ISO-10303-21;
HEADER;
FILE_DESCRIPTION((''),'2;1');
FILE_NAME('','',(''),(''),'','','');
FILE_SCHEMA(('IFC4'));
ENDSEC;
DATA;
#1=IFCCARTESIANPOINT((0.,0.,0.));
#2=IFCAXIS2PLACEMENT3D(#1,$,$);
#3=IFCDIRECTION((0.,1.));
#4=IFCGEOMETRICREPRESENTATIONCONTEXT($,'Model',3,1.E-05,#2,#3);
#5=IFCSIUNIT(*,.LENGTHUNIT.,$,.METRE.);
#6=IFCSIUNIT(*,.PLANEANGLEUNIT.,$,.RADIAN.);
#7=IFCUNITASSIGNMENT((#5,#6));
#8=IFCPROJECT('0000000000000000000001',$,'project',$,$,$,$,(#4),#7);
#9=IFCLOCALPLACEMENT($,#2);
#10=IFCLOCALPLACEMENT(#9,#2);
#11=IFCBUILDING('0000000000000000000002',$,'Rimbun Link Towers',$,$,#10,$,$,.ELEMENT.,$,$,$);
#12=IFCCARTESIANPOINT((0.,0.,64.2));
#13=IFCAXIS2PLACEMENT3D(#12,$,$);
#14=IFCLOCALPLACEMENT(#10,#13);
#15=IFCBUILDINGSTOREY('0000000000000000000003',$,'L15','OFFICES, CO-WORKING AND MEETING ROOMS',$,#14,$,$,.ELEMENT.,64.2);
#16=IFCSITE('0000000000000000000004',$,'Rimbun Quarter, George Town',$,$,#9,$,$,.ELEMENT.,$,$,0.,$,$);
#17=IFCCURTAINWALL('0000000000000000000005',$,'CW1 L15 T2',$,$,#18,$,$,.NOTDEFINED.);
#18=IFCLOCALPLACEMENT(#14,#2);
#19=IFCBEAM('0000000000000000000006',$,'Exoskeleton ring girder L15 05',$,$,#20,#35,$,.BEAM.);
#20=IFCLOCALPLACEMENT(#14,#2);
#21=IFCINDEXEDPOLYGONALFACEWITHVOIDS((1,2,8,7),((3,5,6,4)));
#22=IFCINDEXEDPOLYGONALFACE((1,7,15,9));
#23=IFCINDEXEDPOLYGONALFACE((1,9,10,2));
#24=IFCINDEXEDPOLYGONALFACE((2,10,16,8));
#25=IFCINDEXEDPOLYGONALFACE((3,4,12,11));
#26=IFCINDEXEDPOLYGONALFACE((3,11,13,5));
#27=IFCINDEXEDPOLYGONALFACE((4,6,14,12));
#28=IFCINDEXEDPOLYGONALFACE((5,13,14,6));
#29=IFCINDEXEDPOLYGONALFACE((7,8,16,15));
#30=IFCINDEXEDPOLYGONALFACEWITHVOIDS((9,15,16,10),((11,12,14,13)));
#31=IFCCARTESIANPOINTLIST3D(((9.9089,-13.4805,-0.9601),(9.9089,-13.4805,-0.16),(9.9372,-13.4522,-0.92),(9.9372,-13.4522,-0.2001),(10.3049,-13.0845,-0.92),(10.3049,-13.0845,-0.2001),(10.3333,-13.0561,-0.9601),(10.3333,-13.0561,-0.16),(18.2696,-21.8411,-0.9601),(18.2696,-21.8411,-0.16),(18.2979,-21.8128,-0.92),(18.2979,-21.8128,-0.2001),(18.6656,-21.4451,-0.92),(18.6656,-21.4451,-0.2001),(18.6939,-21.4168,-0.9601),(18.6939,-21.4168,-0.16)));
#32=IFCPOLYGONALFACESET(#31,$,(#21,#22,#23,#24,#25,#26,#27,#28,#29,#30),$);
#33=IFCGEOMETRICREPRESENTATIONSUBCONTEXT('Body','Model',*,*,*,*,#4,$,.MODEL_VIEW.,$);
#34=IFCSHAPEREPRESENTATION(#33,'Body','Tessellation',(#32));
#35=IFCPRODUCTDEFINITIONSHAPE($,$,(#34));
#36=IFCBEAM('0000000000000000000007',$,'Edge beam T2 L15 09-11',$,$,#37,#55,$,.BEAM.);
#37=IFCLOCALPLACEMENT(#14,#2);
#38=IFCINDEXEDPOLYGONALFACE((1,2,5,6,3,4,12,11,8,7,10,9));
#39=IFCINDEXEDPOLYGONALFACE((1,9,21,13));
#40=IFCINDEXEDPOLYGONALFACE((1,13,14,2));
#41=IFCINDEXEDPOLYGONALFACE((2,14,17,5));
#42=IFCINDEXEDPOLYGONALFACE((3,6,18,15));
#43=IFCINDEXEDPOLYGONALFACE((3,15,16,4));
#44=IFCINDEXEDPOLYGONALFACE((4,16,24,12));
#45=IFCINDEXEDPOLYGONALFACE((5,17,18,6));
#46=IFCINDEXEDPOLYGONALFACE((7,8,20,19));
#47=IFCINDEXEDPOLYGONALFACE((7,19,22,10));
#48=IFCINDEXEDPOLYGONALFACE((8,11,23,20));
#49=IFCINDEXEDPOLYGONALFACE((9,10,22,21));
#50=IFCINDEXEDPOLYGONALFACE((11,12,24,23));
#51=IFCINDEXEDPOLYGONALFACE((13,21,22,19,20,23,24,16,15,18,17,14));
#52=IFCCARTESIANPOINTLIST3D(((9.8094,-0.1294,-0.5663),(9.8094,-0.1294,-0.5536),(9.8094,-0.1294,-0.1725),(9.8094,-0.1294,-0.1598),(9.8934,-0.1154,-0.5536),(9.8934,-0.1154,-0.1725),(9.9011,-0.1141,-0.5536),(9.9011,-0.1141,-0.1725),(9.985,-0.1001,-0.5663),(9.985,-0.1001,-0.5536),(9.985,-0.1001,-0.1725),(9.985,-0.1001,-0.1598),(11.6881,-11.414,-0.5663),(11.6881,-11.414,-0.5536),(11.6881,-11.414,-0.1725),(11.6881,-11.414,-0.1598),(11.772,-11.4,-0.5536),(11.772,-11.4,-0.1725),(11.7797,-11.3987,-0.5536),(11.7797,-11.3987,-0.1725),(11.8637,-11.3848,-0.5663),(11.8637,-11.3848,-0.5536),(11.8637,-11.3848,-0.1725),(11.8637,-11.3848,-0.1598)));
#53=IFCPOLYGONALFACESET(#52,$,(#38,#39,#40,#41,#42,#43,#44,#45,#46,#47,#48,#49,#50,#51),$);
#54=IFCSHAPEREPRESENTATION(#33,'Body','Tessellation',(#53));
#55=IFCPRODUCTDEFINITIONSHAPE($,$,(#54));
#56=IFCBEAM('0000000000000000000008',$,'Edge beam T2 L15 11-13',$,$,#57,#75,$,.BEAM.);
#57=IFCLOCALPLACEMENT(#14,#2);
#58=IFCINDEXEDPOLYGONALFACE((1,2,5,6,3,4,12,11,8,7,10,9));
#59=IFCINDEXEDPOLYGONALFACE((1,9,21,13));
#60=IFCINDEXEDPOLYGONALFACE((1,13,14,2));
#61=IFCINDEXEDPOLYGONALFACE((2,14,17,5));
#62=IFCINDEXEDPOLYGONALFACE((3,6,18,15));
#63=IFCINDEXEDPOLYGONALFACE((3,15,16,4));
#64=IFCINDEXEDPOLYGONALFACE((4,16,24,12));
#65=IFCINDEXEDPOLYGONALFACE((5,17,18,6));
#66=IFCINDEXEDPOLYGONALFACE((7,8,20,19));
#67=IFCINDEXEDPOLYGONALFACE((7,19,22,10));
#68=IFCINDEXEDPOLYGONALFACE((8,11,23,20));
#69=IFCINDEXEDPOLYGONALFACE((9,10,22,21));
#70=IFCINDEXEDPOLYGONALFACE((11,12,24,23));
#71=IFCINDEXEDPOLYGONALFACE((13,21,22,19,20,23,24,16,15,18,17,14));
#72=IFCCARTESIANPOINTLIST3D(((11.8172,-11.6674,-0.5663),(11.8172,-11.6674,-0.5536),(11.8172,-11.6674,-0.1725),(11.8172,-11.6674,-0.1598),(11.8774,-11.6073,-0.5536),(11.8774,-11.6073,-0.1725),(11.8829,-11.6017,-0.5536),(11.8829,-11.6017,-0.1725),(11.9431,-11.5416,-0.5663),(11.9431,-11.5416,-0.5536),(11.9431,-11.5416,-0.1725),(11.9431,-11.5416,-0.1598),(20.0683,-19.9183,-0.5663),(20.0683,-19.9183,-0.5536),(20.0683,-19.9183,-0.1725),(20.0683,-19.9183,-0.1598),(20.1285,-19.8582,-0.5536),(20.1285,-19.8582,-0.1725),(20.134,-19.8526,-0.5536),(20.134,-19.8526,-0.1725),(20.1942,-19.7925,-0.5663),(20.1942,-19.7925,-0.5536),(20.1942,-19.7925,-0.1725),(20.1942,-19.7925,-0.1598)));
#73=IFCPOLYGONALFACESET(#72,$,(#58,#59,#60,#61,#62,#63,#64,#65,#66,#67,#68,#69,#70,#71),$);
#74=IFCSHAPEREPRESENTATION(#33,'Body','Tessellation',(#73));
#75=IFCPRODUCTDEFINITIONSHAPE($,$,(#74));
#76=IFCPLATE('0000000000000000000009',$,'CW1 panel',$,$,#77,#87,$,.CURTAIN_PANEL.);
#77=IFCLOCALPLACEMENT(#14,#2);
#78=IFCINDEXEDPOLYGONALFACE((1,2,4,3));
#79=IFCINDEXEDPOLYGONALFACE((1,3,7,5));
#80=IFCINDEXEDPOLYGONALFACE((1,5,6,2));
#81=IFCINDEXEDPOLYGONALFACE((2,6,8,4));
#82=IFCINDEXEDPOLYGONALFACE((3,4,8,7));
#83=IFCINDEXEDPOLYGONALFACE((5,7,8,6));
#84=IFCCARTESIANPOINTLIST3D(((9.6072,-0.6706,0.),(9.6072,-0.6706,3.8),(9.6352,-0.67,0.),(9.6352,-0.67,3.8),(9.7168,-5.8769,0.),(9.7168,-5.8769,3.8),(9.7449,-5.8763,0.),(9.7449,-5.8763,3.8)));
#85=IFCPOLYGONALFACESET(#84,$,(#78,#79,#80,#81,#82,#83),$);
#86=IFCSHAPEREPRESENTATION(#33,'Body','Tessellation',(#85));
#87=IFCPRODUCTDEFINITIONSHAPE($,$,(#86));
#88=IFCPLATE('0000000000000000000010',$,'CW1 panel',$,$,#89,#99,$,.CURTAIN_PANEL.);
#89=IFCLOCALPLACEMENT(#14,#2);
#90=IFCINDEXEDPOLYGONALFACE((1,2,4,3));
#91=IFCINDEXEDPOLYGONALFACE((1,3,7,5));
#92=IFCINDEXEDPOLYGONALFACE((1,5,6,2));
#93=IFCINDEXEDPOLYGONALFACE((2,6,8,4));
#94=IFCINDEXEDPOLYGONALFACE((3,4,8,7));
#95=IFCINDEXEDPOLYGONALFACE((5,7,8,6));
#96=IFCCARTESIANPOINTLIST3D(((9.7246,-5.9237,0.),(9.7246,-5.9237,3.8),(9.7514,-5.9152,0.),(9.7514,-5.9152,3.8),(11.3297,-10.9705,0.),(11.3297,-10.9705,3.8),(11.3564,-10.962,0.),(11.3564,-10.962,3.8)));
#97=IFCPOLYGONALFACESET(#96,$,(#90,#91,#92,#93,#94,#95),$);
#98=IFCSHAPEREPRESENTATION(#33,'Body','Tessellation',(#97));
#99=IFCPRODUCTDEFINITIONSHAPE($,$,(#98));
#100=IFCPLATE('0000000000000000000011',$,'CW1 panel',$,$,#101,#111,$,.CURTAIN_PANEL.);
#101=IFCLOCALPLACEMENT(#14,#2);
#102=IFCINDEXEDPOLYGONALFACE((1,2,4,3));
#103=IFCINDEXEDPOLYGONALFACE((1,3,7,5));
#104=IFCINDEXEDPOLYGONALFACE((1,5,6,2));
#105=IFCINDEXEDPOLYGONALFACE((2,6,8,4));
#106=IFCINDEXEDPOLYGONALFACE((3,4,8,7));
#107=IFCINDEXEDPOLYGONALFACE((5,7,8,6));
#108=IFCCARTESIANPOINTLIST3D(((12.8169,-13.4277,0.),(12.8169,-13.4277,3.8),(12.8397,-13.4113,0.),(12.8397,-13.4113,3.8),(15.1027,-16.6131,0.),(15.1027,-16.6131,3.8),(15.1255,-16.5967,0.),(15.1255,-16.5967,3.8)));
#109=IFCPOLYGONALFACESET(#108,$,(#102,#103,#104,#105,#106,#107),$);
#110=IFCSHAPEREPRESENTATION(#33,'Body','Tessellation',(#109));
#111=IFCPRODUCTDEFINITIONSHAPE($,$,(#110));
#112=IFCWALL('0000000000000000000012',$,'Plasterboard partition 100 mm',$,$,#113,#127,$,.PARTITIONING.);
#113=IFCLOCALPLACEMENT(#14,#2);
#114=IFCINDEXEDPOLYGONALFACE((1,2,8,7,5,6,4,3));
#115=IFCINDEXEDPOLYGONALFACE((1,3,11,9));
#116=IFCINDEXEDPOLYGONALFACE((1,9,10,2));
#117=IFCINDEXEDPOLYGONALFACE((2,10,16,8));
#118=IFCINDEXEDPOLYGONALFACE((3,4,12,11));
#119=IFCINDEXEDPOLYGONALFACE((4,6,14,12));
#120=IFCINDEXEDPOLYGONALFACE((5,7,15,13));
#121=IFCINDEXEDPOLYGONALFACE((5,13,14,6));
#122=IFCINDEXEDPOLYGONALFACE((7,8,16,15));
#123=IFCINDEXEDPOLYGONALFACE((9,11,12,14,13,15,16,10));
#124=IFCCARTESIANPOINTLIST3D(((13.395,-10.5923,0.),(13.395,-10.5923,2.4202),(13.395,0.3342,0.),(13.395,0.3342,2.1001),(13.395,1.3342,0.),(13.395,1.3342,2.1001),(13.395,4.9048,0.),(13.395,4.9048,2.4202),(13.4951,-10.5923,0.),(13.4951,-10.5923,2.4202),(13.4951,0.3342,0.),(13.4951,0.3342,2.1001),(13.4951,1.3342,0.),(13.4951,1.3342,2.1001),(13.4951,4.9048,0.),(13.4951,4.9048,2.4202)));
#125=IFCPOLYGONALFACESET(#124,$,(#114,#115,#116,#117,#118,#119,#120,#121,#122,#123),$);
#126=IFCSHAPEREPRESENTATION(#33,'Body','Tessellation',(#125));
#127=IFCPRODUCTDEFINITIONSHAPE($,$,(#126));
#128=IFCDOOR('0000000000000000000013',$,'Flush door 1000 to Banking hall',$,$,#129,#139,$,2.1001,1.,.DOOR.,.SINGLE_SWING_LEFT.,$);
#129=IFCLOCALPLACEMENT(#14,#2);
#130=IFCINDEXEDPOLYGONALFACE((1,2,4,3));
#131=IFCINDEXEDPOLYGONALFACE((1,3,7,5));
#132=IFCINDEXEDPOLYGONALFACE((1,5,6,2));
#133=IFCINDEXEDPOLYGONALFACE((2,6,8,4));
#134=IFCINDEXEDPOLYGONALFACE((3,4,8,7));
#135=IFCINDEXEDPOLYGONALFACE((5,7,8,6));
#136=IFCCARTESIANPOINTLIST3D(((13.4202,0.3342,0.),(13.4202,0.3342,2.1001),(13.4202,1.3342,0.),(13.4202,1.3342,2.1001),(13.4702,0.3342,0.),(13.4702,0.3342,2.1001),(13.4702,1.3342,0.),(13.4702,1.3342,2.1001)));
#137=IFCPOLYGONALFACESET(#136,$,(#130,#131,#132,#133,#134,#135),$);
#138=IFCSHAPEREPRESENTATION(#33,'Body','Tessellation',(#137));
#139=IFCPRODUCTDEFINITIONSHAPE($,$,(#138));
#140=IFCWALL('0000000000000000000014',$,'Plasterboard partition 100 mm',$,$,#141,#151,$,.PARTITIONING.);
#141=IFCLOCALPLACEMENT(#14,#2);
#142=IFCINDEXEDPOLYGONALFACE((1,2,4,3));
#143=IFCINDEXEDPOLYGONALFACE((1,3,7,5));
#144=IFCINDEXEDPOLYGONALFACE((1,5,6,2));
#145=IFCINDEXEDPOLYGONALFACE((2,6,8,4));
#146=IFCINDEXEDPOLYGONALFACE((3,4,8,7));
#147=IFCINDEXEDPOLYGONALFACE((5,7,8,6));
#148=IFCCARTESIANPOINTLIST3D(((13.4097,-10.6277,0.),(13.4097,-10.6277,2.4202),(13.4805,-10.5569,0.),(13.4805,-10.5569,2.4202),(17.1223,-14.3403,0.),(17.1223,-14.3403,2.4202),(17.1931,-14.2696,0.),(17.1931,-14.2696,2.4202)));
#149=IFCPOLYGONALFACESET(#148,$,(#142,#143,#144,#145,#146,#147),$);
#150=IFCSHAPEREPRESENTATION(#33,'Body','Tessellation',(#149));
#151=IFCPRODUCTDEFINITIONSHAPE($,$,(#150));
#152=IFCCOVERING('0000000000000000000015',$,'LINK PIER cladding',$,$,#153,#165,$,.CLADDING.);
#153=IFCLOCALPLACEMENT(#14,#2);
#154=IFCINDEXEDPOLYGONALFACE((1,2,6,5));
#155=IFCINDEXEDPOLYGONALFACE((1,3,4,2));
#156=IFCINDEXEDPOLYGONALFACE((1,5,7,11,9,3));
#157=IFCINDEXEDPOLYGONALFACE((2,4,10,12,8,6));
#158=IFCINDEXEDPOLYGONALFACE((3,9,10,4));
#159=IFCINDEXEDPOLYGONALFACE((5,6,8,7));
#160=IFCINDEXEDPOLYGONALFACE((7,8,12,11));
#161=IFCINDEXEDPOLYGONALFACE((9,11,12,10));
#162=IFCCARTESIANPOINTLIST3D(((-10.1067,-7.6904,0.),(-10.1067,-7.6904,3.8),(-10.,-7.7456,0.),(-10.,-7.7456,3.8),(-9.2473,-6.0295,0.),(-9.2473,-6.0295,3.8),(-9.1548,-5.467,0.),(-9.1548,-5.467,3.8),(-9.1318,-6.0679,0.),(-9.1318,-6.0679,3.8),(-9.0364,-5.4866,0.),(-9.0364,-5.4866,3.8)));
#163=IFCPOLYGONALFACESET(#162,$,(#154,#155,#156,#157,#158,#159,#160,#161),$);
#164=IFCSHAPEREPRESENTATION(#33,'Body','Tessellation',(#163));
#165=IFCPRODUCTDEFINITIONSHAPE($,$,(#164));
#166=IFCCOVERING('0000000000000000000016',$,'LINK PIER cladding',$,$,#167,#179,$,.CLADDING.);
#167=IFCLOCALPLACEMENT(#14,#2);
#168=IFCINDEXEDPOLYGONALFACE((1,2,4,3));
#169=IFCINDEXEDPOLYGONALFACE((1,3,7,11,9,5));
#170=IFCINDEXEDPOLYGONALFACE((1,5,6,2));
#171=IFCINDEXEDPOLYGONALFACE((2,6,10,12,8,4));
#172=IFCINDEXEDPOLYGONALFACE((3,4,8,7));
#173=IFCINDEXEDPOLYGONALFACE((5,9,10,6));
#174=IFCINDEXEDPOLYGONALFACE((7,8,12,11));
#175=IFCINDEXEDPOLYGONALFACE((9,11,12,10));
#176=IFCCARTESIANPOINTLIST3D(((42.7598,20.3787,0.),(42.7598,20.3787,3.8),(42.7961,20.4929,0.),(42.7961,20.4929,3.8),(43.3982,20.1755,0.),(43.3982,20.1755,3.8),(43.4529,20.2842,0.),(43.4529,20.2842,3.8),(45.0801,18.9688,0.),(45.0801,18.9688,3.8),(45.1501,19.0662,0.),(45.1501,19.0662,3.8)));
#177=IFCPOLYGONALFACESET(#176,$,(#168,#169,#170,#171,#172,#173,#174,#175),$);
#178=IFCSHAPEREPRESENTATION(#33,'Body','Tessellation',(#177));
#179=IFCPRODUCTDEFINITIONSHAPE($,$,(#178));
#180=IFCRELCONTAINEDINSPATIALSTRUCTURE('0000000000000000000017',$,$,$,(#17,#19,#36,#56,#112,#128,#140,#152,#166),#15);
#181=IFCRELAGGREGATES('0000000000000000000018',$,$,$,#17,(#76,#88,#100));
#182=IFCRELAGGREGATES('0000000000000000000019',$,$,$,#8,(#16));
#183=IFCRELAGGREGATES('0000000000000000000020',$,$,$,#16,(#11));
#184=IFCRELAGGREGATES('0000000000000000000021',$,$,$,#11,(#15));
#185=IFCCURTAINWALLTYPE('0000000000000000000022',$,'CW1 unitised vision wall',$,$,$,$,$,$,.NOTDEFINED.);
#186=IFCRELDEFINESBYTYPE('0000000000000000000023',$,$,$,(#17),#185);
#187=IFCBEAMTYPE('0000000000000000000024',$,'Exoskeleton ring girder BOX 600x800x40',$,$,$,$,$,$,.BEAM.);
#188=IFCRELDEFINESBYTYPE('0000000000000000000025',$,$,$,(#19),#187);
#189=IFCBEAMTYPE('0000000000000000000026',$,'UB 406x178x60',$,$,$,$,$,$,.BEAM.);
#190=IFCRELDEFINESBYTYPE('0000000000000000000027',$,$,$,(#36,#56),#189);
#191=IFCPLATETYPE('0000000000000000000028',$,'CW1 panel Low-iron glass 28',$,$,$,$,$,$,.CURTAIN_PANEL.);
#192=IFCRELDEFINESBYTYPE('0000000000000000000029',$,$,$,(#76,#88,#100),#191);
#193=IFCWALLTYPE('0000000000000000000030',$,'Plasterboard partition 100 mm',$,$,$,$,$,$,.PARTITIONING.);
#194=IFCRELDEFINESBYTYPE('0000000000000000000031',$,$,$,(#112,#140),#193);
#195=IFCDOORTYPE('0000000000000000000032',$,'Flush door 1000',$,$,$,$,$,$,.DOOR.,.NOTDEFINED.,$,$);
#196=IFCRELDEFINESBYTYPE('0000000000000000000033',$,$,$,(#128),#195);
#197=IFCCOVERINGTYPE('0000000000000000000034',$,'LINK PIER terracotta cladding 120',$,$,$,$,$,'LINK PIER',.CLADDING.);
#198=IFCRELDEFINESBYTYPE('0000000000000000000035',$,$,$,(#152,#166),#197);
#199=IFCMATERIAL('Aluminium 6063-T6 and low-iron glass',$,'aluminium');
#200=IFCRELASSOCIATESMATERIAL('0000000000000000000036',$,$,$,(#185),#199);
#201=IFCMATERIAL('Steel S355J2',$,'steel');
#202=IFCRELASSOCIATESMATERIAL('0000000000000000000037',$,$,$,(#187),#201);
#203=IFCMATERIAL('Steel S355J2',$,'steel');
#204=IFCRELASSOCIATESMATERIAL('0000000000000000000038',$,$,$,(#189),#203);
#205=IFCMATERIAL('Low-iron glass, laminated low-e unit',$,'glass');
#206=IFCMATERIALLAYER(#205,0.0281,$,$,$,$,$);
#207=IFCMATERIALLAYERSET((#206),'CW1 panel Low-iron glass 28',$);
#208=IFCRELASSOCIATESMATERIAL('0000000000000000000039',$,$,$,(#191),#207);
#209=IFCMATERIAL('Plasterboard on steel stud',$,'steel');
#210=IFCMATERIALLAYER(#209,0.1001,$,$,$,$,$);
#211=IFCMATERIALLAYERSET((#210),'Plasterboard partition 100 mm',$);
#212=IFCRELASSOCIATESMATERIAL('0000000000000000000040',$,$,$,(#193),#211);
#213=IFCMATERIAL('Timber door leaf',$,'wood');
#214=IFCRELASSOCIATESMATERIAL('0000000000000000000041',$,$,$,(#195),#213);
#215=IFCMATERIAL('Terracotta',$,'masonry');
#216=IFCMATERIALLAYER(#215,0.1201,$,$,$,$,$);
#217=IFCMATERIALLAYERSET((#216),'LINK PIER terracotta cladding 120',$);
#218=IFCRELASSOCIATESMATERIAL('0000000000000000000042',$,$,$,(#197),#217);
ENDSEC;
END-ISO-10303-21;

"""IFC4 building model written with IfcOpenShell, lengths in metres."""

from ifc_helpers import new_model, si_unit, direction, frame, frame_2d, origin, origin_2d, place, context, subcontext, project, spatial, polyline, rectangle, hollow_rectangle, i_section, outline, extrude, material, layer, layer_set, material_profile, profile_set, type_object, element, fill, aggregate, save


model = new_model("IFC4")

# Units and contexts
model_context = context("Model", 3, precision=1e-05, world=origin(), true_north=direction((0.0, 1.0)))
body_context = subcontext(model_context, "Body", "Model", "MODEL_VIEW")
ifc_project = project(units=[si_unit("LENGTHUNIT", "METRE"), si_unit("PLANEANGLEUNIT", "RADIAN")], contexts=[model_context])

# Site, building, storey
site_placement = place(None, origin())
site = spatial("IfcSite", under=ifc_project, at=site_placement, Name="Rimbun Quarter, George Town", CompositionType="ELEMENT", RefElevation=0.0)
building_placement = place(site_placement, origin())
building = spatial("IfcBuilding", under=site, at=building_placement, Name="Rimbun Link Towers", CompositionType="ELEMENT")
storey_placement = place(building_placement, frame((0.0, 0.0, 64.2)))
storey = spatial("IfcBuildingStorey", under=building, at=storey_placement, Name="L15", Description="OFFICES, CO-WORKING AND MEETING ROOMS", CompositionType="ELEMENT", Elevation=64.2)

# Curtain wall
ifc_material_1 = material(Name="Aluminium 6063-T6 and low-iron glass", Category="aluminium")
curtain_wall_type = type_object("IfcCurtainWallType", Name="CW1 unitised vision wall", PredefinedType="NOTDEFINED", material=ifc_material_1)
curtain_wall_placement = place(storey_placement, origin())
curtain_wall = element("IfcCurtainWall", 1, at=curtain_wall_placement, inside=storey, type_object=curtain_wall_type, Name="CW1 L15 T2", PredefinedType="NOTDEFINED")

# Beams
ifc_material_2 = material(Name="Steel S355J2", Category="steel")
ifc_material_profile_1 = material_profile(ifc_material_2, hollow_rectangle(XDim=0.6001, YDim=0.8, WallThickness=0.04, at=origin_2d()), Name="Exoskeleton ring girder BOX 600x800x40")
ifc_profile_set_1 = profile_set([ifc_material_profile_1], Name="Steel S355J2")
beam_type_1 = type_object("IfcBeamType", Name="Exoskeleton ring girder BOX 600x800x40", PredefinedType="BEAM", material=ifc_profile_set_1)
beam_1_placement = place(storey_placement, frame((10.1211, -13.2683, -0.5601), z_axis=(0.707107, -0.707107, 0.0), x_axis=(0.707107, 0.707107, 0.0)))
element("IfcBeam", 2, at=beam_1_placement, inside=storey, type_object=beam_type_1, Name="Exoskeleton ring girder L15 05", PredefinedType="BEAM", context=body_context, shape_type="SweptSolid", body=[
    extrude(hollow_rectangle(XDim=0.6001, YDim=0.8, WallThickness=0.04, at=origin_2d()), origin(), (0.0, 0.0, 1.0), 11.8237),
])
ifc_material_3 = material(Name="Steel S355J2", Category="steel")
ifc_material_profile_2 = material_profile(ifc_material_3, i_section(OverallWidth=0.178, OverallDepth=0.4065, WebThickness=0.0078, FlangeThickness=0.0127, at=origin_2d()), Name="UB 406x178x60")
ifc_profile_set_2 = profile_set([ifc_material_profile_2], Name="Steel S355J2")
beam_type_2 = type_object("IfcBeamType", Name="UB 406x178x60", PredefinedType="BEAM", material=ifc_profile_set_2)
beam_2_placement = place(storey_placement, frame((9.8972, -0.1147, -0.363), z_axis=(0.164219, -0.986424, 0.0), x_axis=(0.986424, 0.164219, 0.0)))
element("IfcBeam", 3, at=beam_2_placement, inside=storey, type_object=beam_type_2, Name="Edge beam T2 L15 09-11", PredefinedType="BEAM", context=body_context, shape_type="SweptSolid", body=[
    extrude(i_section(OverallWidth=0.178, OverallDepth=0.4065, WebThickness=0.0078, FlangeThickness=0.0127, at=origin_2d()), origin(), (0.0, 0.0, 1.0), 11.4399),
])
beam_3_placement = place(storey_placement, frame((11.8801, -11.6045, -0.363), z_axis=(0.707117, -0.707096, 0.0), x_axis=(0.707096, 0.707117, 0.0)))
element("IfcBeam", 4, at=beam_3_placement, inside=storey, type_object=beam_type_2, Name="Edge beam T2 L15 11-13", PredefinedType="BEAM", context=body_context, shape_type="SweptSolid", body=[
    extrude(i_section(OverallWidth=0.178, OverallDepth=0.4065, WebThickness=0.0078, FlangeThickness=0.0127, at=origin_2d()), origin(), (0.0, 0.0, 1.0), 11.6687),
])

# Plates
ifc_material_4 = material(Name="Low-iron glass, laminated low-e unit", Category="glass")
ifc_layer_1 = layer(ifc_material_4, 0.0281)
ifc_layer_set_1 = layer_set([ifc_layer_1], Name="CW1 panel Low-iron glass 28")
plate_type = type_object("IfcPlateType", Name="CW1 panel Low-iron glass 28", PredefinedType="CURTAIN_PANEL", material=ifc_layer_set_1)
plate_1_placement = place(storey_placement, frame((9.676, -3.2734, 0.0), z_axis=(0.0, 0.0, 1.0), x_axis=(-0.02106, 0.999778, 0.0)))
plate_1 = element("IfcPlate", 5, at=plate_1_placement, type_object=plate_type, Name="CW1 panel", PredefinedType="CURTAIN_PANEL", context=body_context, shape_type="SweptSolid", body=[
    extrude(rectangle(XDim=5.2075, YDim=0.0281, at=origin_2d()), origin(), (0.0, 0.0, 1.0), 3.8),
])
plate_2_placement = place(storey_placement, frame((10.5405, -8.4429, 0.0), z_axis=(0.0, 0.0, 1.0), x_axis=(-0.303066, 0.95297, 0.0)))
plate_2 = element("IfcPlate", 6, at=plate_2_placement, type_object=plate_type, Name="CW1 panel", PredefinedType="CURTAIN_PANEL", context=body_context, shape_type="SweptSolid", body=[
    extrude(rectangle(XDim=5.2959, YDim=0.0281, at=origin_2d()), origin(), (0.0, 0.0, 1.0), 3.8),
])
plate_3_placement = place(storey_placement, frame((13.9712, -15.0122, 0.0), z_axis=(0.0, 0.0, 1.0), x_axis=(-0.583002, 0.812471, 0.0)))
plate_3 = element("IfcPlate", 7, at=plate_3_placement, type_object=plate_type, Name="CW1 panel", PredefinedType="CURTAIN_PANEL", context=body_context, shape_type="SweptSolid", body=[
    extrude(rectangle(XDim=3.9207, YDim=0.0281, at=origin_2d()), origin(), (0.0, 0.0, 1.0), 3.8),
])
aggregate(curtain_wall, [plate_1, plate_2, plate_3])

# Wall, opening, door
ifc_material_5 = material(Name="Plasterboard on steel stud", Category="steel")
ifc_layer_2 = layer(ifc_material_5, 0.1001)
ifc_layer_set_2 = layer_set([ifc_layer_2], Name="Plasterboard partition 100 mm")
wall_type = type_object("IfcWallType", Name="Plasterboard partition 100 mm", PredefinedType="PARTITIONING", material=ifc_layer_set_2)
wall_1_placement = place(storey_placement, frame((13.4451, -10.5923, 0.0), z_axis=(0.0, 0.0, 1.0), x_axis=(0.0, 1.0, 0.0)))
wall_1 = element("IfcWall", 8, at=wall_1_placement, inside=storey, type_object=wall_type, Name="Plasterboard partition 100 mm", PredefinedType="PARTITIONING", context=body_context, shape_type="SweptSolid", body=[
    extrude(rectangle(XDim=15.4971, YDim=0.1001, at=frame_2d((7.7485, 0.0))), origin(), (0.0, 0.0, 1.0), 2.4202),
])
opening_placement = place(wall_1_placement, frame((10.9265, 0.0, 0.0)))
opening = element("IfcOpeningElement", 9, at=opening_placement, cuts=wall_1, PredefinedType="OPENING", context=body_context, shape_type="SweptSolid", body=[
    extrude(rectangle(XDim=1.0, YDim=2.1001, at=frame_2d((0.5, 1.05))), frame((0.0, 0.0601, 0.0), z_axis=(0.0, -1.0, 0.0), x_axis=(1.0, 0.0, 0.0)), (0.0, 0.0, 1.0), 0.1201),
])
ifc_material_6 = material(Name="Timber door leaf", Category="wood")
door_type = type_object("IfcDoorType", Name="Flush door 1000", OperationType="NOTDEFINED", PredefinedType="DOOR", material=ifc_material_6)
door_placement = place(opening_placement, origin())
door = element("IfcDoor", 10, at=door_placement, inside=storey, type_object=door_type, Name="Flush door 1000 to Banking hall", OperationType="SINGLE_SWING_LEFT", OverallHeight=2.1001, OverallWidth=1.0, PredefinedType="DOOR", context=body_context, shape_type="SweptSolid", body=[
    extrude(rectangle(XDim=1.0, YDim=2.1001, at=frame_2d((0.5, 1.05))), frame((0.0, 0.0249, 0.0), z_axis=(0.0, -1.0, 0.0), x_axis=(1.0, 0.0, 0.0)), (0.0, 0.0, 1.0), 0.05),
])
fill(opening, door)

# Wall
wall_2_placement = place(storey_placement, frame((13.4451, -10.5923, 0.0), z_axis=(0.0, 0.0, 1.0), x_axis=(0.707107, -0.707107, 0.0)))
element("IfcWall", 11, at=wall_2_placement, inside=storey, type_object=wall_type, Name="Plasterboard partition 100 mm", PredefinedType="PARTITIONING", context=body_context, shape_type="SweptSolid", body=[
    extrude(rectangle(XDim=5.2505, YDim=0.1001, at=frame_2d((2.6252, 0.0))), origin(), (0.0, 0.0, 1.0), 2.4202),
])

# Coverings
ifc_material_7 = material(Name="Terracotta", Category="masonry")
ifc_layer_3 = layer(ifc_material_7, 0.1201)
ifc_layer_set_3 = layer_set([ifc_layer_3], Name="LINK PIER terracotta cladding 120")
covering_type_1 = type_object("IfcCoveringType", Name="LINK PIER terracotta cladding 120", ElementType="LINK PIER", PredefinedType="CLADDING", material=ifc_layer_set_3)
covering_1_placement = place(storey_placement, origin())
element("IfcCovering", 12, at=covering_1_placement, inside=storey, type_object=covering_type_1, Name="LINK PIER cladding", PredefinedType="CLADDING", context=body_context, shape_type="SweptSolid", body=[
    extrude(outline(polyline([(-9.1548, -5.467), (-9.2473, -6.0295), (-10.1067, -7.6904), (-10.0, -7.7456), (-9.1318, -6.0679), (-9.0364, -5.4866), (-9.1548, -5.467)])), origin(), (0.0, 0.0, 1.0), 3.8),
])
covering_2_placement = place(storey_placement, origin())
element("IfcCovering", 13, at=covering_2_placement, inside=storey, type_object=covering_type_1, Name="LINK PIER cladding", PredefinedType="CLADDING", context=body_context, shape_type="SweptSolid", body=[
    extrude(outline(polyline([(42.7598, 20.3787), (43.3982, 20.1755), (45.0801, 18.9688), (45.1501, 19.0662), (43.4529, 20.2842), (42.7961, 20.4929), (42.7598, 20.3787)])), origin(), (0.0, 0.0, 1.0), 3.8),
])

save(model, "model.ifc")
